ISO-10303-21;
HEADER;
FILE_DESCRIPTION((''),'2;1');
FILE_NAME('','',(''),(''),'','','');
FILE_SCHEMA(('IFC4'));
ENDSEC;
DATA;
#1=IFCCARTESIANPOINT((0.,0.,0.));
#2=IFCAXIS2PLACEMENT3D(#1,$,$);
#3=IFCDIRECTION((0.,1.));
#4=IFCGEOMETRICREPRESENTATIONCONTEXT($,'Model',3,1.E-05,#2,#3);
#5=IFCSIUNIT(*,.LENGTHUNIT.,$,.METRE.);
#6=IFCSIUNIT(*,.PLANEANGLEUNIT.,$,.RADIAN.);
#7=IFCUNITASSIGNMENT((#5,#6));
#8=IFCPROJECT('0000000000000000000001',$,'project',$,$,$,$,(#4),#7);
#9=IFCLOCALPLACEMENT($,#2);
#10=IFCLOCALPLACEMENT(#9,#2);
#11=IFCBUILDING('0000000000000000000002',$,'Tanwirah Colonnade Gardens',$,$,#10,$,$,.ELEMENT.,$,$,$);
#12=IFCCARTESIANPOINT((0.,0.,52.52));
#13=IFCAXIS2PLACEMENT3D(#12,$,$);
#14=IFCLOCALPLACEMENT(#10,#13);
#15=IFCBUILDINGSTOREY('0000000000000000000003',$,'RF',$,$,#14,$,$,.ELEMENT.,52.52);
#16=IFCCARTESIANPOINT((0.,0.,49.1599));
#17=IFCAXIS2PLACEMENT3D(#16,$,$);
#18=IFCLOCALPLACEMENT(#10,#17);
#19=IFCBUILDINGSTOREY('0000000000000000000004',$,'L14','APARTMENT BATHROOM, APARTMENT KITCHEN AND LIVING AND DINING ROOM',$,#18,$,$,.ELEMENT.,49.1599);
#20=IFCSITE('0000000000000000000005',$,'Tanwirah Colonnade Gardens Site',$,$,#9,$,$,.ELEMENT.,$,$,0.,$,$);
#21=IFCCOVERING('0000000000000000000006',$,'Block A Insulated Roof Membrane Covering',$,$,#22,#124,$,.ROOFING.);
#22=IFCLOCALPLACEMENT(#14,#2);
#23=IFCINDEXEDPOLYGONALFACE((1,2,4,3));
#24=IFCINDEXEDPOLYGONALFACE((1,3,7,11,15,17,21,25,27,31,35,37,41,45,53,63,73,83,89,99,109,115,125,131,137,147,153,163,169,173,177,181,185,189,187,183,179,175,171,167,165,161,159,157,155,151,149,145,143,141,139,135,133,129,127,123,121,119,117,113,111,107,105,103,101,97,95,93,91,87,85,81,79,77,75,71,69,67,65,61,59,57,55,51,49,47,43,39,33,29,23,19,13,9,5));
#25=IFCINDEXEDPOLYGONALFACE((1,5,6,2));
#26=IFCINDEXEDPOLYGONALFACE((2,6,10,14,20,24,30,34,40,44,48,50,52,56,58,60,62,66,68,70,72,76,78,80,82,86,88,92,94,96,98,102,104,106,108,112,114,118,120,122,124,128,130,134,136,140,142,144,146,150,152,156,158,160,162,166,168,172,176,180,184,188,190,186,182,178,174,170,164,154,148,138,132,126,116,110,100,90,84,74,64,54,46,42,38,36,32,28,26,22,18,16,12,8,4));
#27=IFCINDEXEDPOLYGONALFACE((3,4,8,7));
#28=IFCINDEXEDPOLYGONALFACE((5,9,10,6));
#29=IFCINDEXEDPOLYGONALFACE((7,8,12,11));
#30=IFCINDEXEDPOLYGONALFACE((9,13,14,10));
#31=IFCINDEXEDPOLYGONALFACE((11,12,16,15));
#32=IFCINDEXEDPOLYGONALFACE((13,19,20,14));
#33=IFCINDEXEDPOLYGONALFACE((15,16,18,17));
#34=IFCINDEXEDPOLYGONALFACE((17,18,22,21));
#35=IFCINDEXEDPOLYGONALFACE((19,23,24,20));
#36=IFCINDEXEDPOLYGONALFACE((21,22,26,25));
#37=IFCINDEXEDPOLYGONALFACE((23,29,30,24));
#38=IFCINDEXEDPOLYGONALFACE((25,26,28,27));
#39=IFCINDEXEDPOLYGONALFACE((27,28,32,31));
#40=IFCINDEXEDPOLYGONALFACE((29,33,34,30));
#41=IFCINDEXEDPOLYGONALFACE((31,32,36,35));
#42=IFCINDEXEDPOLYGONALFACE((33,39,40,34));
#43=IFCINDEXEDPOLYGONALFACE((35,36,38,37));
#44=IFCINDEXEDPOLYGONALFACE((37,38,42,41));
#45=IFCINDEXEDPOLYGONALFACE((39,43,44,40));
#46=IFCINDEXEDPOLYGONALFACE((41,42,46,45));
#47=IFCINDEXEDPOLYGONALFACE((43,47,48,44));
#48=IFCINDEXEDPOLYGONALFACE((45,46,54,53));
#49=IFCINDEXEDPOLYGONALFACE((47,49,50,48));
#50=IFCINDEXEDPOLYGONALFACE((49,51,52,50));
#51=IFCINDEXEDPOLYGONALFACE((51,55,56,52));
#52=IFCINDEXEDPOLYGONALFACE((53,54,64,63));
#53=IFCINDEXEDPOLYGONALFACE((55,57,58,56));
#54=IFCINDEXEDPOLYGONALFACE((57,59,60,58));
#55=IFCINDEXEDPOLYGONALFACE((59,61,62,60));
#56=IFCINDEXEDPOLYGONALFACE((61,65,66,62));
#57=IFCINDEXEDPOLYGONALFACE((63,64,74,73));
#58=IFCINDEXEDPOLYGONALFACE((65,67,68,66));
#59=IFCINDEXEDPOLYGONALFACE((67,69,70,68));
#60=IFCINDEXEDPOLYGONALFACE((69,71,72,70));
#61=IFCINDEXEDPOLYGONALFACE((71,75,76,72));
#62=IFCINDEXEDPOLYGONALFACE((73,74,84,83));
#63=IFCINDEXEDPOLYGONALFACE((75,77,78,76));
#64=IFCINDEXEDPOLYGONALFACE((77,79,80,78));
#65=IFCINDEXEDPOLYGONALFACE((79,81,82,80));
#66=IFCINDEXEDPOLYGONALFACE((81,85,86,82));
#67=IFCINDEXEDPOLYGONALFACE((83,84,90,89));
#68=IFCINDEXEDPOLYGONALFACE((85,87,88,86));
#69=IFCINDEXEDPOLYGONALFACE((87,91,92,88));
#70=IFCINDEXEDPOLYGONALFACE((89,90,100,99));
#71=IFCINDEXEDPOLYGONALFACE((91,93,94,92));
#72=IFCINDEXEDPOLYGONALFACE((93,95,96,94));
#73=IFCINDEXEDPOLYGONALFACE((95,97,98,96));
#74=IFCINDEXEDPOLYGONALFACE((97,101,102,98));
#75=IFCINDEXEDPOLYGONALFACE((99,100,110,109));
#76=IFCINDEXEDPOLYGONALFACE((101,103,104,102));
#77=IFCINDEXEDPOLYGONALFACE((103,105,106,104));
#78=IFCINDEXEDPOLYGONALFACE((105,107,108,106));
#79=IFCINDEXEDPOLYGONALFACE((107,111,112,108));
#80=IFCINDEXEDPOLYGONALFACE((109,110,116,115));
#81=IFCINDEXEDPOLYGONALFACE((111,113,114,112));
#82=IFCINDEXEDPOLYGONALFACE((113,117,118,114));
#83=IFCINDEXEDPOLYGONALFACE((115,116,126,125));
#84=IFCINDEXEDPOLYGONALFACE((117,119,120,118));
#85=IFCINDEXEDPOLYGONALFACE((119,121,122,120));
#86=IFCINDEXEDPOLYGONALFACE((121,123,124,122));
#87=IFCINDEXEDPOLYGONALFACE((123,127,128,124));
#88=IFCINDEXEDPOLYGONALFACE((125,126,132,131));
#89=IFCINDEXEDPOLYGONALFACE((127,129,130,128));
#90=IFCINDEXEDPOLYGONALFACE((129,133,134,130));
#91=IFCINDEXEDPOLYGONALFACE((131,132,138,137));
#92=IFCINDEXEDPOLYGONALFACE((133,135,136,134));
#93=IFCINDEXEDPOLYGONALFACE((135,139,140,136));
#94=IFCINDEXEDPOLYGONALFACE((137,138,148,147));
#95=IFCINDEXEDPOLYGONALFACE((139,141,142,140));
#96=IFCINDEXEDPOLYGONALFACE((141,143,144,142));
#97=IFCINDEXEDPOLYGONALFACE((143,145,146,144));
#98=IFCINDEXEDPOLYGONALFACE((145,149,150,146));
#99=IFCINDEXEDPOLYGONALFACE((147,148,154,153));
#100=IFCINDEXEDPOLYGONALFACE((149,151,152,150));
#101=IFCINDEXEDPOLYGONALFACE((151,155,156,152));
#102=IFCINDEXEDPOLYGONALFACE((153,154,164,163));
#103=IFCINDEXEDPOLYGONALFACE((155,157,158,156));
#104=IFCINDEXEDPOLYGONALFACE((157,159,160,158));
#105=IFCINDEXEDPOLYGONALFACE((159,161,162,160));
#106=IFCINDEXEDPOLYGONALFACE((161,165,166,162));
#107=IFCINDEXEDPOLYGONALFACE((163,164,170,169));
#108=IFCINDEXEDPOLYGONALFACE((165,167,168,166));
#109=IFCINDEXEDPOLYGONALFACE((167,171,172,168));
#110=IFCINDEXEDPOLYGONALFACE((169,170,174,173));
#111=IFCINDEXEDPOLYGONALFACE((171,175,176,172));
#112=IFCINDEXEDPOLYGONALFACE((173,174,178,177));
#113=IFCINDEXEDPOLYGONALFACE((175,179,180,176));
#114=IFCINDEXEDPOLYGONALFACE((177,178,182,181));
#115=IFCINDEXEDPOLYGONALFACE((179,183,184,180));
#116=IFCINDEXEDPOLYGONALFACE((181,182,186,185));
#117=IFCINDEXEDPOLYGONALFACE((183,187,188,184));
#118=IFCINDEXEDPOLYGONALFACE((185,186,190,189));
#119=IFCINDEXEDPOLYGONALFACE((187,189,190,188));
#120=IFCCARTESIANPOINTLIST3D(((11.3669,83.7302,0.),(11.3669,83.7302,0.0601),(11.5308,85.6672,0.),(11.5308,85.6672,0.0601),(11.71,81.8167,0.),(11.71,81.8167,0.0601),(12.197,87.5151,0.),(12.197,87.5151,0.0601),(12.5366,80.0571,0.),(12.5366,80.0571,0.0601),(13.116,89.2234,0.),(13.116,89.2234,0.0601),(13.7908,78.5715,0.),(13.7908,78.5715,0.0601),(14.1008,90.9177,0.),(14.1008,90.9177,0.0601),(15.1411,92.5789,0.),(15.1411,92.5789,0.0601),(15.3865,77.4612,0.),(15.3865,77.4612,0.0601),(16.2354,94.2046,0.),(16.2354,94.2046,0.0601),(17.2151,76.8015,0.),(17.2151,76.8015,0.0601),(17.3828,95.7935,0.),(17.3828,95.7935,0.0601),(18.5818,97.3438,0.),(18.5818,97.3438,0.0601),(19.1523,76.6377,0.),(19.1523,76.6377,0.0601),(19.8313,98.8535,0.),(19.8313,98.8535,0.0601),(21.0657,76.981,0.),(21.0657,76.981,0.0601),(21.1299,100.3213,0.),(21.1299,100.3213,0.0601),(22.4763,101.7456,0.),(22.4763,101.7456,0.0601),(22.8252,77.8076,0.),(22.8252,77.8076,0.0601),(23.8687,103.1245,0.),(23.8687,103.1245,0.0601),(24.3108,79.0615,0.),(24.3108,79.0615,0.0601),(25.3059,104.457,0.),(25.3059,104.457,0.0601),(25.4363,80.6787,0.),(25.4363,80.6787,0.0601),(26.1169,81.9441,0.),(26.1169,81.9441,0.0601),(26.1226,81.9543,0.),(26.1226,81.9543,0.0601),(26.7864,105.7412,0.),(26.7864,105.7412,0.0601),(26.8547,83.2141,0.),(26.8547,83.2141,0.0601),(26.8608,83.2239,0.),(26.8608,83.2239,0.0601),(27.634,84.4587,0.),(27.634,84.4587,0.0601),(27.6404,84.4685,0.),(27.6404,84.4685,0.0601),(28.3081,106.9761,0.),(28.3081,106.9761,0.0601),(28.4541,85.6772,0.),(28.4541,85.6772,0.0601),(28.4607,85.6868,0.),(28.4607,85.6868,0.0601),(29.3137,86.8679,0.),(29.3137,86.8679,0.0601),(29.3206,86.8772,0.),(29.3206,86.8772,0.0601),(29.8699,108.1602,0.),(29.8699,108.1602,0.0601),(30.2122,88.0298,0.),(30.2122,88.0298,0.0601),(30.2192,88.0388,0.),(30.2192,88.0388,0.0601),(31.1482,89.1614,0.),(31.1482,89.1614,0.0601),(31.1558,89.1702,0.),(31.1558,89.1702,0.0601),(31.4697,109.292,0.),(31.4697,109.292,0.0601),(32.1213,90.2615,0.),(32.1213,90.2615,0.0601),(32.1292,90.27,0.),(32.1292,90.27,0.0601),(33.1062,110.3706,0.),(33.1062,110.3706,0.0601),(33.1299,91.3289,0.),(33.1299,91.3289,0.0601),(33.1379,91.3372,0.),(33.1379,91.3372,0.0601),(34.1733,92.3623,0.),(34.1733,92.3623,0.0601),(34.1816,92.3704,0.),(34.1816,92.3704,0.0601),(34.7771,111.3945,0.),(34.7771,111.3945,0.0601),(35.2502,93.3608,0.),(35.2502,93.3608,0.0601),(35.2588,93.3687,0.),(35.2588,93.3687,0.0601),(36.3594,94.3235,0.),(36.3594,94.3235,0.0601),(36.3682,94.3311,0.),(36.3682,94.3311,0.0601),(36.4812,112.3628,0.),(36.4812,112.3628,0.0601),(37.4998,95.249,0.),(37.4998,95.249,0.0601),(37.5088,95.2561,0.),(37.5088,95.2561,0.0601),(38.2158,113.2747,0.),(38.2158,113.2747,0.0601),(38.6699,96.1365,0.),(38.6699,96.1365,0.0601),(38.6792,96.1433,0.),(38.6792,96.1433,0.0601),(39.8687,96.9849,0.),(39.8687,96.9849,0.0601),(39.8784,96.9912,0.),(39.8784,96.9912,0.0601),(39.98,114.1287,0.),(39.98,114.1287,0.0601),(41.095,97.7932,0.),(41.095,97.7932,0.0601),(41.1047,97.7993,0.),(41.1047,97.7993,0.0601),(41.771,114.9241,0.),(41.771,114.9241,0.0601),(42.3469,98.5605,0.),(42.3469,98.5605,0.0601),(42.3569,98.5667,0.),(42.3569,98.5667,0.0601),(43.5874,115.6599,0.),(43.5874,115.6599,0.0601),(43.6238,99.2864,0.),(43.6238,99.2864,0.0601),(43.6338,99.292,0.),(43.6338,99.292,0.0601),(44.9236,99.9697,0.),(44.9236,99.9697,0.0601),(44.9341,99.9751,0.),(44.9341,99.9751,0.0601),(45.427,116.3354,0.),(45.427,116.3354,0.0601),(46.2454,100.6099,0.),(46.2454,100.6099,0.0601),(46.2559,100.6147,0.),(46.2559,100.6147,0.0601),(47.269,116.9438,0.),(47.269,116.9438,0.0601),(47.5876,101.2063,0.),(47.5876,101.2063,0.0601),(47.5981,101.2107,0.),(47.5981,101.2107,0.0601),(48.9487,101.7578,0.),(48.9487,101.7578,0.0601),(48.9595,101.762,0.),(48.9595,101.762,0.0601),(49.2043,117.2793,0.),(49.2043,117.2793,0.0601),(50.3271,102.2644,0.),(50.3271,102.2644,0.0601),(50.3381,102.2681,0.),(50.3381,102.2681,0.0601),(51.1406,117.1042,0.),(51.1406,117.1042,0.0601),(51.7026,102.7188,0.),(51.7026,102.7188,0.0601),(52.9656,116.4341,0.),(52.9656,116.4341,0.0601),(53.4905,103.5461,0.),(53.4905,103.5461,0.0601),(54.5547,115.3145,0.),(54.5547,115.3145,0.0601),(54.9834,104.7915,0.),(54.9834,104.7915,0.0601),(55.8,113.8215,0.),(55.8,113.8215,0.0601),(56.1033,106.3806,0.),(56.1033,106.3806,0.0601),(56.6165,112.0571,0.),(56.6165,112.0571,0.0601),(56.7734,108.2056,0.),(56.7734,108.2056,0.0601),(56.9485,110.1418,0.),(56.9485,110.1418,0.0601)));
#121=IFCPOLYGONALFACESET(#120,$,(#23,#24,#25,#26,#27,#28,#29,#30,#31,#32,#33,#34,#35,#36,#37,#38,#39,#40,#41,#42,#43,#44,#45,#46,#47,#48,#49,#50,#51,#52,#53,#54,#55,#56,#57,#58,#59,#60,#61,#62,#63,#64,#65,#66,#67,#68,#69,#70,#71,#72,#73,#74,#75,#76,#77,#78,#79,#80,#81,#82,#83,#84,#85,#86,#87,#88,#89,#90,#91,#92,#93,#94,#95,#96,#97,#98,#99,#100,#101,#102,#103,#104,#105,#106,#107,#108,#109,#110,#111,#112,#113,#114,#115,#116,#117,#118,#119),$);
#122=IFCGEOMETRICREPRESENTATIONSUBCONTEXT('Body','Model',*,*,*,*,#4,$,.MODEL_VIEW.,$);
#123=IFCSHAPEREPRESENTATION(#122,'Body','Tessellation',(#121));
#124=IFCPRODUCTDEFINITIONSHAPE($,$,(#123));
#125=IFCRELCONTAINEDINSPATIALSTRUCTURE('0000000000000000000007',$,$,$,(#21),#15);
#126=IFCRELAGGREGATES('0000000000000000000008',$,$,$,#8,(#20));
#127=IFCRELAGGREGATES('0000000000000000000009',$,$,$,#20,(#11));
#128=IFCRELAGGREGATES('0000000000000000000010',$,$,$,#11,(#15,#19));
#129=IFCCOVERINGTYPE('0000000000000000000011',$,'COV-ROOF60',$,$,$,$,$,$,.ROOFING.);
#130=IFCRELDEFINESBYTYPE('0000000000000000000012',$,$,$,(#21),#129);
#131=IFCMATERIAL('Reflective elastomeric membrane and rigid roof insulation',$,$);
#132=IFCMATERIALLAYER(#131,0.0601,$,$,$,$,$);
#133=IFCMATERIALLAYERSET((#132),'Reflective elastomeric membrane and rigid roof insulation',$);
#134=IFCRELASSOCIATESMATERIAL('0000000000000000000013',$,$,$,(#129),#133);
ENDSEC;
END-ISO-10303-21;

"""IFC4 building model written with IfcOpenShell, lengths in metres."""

from ifc_helpers import new_model, si_unit, direction, frame, origin, place, context, subcontext, project, spatial, polyline, outline, extrude, material, layer, layer_set, type_object, element, save


model = new_model("IFC4")

# Units and contexts
model_context = context("Model", 3, precision=1e-05, world=origin(), true_north=direction((0.0, 1.0)))
body_context = subcontext(model_context, "Body", "Model", "MODEL_VIEW")
ifc_project = project(units=[si_unit("LENGTHUNIT", "METRE"), si_unit("PLANEANGLEUNIT", "RADIAN")], contexts=[model_context])

# Site, building, storey
site_placement = place(None, origin())
site = spatial("IfcSite", under=ifc_project, at=site_placement, Name="Tanwirah Colonnade Gardens Site", CompositionType="ELEMENT", RefElevation=0.0)
building_placement = place(site_placement, origin())
building = spatial("IfcBuilding", under=site, at=building_placement, Name="Tanwirah Colonnade Gardens", CompositionType="ELEMENT")
storey_1_placement = place(building_placement, frame((0.0, 0.0, 52.52)))
storey_1 = spatial("IfcBuildingStorey", under=building, at=storey_1_placement, Name="RF", CompositionType="ELEMENT", Elevation=52.52)

# Shared definitions
storey_2_placement = place(building_placement, frame((0.0, 0.0, 49.1599)))
storey_2 = spatial("IfcBuildingStorey", under=building, at=storey_2_placement, Name="L14", Description="APARTMENT BATHROOM, APARTMENT KITCHEN AND LIVING AND DINING ROOM", CompositionType="ELEMENT", Elevation=49.1599)

# Covering
ifc_material_1 = material(Name="Reflective elastomeric membrane and rigid roof insulation")
ifc_layer_1 = layer(ifc_material_1, 0.0601)
ifc_layer_set_1 = layer_set([ifc_layer_1], Name="Reflective elastomeric membrane and rigid roof insulation")
covering_type = type_object("IfcCoveringType", Name="COV-ROOF60", PredefinedType="ROOFING", material=ifc_layer_set_1)
covering_placement = place(storey_1_placement, origin())
element("IfcCovering", 1, at=covering_placement, inside=storey_1, type_object=covering_type, Name="Block A Insulated Roof Membrane Covering", PredefinedType="ROOFING", context=body_context, shape_type="SweptSolid", body=[
    extrude(outline(polyline([(53.4905, 103.5461), (51.7026, 102.7188), (50.3381, 102.2681), (50.3271, 102.2644), (48.9595, 101.762), (48.9487, 101.7578), (47.5981, 101.2107), (47.5876, 101.2063), (46.2559, 100.6147), (46.2454, 100.6099), (44.9341, 99.9751), (44.9236, 99.9697), (43.6338, 99.292), (43.6238, 99.2864), (42.3569, 98.5667), (42.3469, 98.5605), (41.1047, 97.7993), (41.095, 97.7932), (39.8784, 96.9912), (39.8687, 96.9849), (38.6792, 96.1433), (38.6699, 96.1365), (37.5088, 95.2561), (37.4998, 95.249), (36.3682, 94.3311), (36.3594, 94.3235), (35.2588, 93.3687), (35.2502, 93.3608), (34.1816, 92.3704), (34.1733, 92.3623), (33.1379, 91.3372), (33.1299, 91.3289), (32.1292, 90.27), (32.1213, 90.2615), (31.1558, 89.1702), (31.1482, 89.1614), (30.2192, 88.0388), (30.2122, 88.0298), (29.3206, 86.8772), (29.3137, 86.8679), (28.4607, 85.6868), (28.4541, 85.6772), (27.6404, 84.4685), (27.634, 84.4587), (26.8608, 83.2239), (26.8547, 83.2141), (26.1226, 81.9543), (26.1169, 81.9441), (25.4363, 80.6787), (24.3108, 79.0615), (22.8252, 77.8076), (21.0657, 76.981), (19.1523, 76.6377), (17.2151, 76.8015), (15.3865, 77.4612), (13.7908, 78.5715), (12.5366, 80.0571), (11.71, 81.8167), (11.3669, 83.7302), (11.5308, 85.6672), (12.197, 87.5151), (13.116, 89.2234), (14.1008, 90.9177), (15.1411, 92.5789), (16.2354, 94.2046), (17.3828, 95.7935), (18.5818, 97.3438), (19.8313, 98.8535), (21.1299, 100.3213), (22.4763, 101.7456), (23.8687, 103.1245), (25.3059, 104.457), (26.7864, 105.7412), (28.3081, 106.9761), (29.8699, 108.1602), (31.4697, 109.292), (33.1062, 110.3706), (34.7771, 111.3945), (36.4812, 112.3628), (38.2158, 113.2747), (39.98, 114.1287), (41.771, 114.9241), (43.5874, 115.6599), (45.427, 116.3354), (47.269, 116.9438), (49.2043, 117.2793), (51.1406, 117.1042), (52.9656, 116.4341), (54.5547, 115.3145), (55.8, 113.8215), (56.6165, 112.0571), (56.9485, 110.1418), (56.7734, 108.2056), (56.1033, 106.3806), (54.9834, 104.7915), (53.4905, 103.5461)])), origin(), (0.0, 0.0, 1.0), 0.0601),
])

save(model, "model.ifc")
